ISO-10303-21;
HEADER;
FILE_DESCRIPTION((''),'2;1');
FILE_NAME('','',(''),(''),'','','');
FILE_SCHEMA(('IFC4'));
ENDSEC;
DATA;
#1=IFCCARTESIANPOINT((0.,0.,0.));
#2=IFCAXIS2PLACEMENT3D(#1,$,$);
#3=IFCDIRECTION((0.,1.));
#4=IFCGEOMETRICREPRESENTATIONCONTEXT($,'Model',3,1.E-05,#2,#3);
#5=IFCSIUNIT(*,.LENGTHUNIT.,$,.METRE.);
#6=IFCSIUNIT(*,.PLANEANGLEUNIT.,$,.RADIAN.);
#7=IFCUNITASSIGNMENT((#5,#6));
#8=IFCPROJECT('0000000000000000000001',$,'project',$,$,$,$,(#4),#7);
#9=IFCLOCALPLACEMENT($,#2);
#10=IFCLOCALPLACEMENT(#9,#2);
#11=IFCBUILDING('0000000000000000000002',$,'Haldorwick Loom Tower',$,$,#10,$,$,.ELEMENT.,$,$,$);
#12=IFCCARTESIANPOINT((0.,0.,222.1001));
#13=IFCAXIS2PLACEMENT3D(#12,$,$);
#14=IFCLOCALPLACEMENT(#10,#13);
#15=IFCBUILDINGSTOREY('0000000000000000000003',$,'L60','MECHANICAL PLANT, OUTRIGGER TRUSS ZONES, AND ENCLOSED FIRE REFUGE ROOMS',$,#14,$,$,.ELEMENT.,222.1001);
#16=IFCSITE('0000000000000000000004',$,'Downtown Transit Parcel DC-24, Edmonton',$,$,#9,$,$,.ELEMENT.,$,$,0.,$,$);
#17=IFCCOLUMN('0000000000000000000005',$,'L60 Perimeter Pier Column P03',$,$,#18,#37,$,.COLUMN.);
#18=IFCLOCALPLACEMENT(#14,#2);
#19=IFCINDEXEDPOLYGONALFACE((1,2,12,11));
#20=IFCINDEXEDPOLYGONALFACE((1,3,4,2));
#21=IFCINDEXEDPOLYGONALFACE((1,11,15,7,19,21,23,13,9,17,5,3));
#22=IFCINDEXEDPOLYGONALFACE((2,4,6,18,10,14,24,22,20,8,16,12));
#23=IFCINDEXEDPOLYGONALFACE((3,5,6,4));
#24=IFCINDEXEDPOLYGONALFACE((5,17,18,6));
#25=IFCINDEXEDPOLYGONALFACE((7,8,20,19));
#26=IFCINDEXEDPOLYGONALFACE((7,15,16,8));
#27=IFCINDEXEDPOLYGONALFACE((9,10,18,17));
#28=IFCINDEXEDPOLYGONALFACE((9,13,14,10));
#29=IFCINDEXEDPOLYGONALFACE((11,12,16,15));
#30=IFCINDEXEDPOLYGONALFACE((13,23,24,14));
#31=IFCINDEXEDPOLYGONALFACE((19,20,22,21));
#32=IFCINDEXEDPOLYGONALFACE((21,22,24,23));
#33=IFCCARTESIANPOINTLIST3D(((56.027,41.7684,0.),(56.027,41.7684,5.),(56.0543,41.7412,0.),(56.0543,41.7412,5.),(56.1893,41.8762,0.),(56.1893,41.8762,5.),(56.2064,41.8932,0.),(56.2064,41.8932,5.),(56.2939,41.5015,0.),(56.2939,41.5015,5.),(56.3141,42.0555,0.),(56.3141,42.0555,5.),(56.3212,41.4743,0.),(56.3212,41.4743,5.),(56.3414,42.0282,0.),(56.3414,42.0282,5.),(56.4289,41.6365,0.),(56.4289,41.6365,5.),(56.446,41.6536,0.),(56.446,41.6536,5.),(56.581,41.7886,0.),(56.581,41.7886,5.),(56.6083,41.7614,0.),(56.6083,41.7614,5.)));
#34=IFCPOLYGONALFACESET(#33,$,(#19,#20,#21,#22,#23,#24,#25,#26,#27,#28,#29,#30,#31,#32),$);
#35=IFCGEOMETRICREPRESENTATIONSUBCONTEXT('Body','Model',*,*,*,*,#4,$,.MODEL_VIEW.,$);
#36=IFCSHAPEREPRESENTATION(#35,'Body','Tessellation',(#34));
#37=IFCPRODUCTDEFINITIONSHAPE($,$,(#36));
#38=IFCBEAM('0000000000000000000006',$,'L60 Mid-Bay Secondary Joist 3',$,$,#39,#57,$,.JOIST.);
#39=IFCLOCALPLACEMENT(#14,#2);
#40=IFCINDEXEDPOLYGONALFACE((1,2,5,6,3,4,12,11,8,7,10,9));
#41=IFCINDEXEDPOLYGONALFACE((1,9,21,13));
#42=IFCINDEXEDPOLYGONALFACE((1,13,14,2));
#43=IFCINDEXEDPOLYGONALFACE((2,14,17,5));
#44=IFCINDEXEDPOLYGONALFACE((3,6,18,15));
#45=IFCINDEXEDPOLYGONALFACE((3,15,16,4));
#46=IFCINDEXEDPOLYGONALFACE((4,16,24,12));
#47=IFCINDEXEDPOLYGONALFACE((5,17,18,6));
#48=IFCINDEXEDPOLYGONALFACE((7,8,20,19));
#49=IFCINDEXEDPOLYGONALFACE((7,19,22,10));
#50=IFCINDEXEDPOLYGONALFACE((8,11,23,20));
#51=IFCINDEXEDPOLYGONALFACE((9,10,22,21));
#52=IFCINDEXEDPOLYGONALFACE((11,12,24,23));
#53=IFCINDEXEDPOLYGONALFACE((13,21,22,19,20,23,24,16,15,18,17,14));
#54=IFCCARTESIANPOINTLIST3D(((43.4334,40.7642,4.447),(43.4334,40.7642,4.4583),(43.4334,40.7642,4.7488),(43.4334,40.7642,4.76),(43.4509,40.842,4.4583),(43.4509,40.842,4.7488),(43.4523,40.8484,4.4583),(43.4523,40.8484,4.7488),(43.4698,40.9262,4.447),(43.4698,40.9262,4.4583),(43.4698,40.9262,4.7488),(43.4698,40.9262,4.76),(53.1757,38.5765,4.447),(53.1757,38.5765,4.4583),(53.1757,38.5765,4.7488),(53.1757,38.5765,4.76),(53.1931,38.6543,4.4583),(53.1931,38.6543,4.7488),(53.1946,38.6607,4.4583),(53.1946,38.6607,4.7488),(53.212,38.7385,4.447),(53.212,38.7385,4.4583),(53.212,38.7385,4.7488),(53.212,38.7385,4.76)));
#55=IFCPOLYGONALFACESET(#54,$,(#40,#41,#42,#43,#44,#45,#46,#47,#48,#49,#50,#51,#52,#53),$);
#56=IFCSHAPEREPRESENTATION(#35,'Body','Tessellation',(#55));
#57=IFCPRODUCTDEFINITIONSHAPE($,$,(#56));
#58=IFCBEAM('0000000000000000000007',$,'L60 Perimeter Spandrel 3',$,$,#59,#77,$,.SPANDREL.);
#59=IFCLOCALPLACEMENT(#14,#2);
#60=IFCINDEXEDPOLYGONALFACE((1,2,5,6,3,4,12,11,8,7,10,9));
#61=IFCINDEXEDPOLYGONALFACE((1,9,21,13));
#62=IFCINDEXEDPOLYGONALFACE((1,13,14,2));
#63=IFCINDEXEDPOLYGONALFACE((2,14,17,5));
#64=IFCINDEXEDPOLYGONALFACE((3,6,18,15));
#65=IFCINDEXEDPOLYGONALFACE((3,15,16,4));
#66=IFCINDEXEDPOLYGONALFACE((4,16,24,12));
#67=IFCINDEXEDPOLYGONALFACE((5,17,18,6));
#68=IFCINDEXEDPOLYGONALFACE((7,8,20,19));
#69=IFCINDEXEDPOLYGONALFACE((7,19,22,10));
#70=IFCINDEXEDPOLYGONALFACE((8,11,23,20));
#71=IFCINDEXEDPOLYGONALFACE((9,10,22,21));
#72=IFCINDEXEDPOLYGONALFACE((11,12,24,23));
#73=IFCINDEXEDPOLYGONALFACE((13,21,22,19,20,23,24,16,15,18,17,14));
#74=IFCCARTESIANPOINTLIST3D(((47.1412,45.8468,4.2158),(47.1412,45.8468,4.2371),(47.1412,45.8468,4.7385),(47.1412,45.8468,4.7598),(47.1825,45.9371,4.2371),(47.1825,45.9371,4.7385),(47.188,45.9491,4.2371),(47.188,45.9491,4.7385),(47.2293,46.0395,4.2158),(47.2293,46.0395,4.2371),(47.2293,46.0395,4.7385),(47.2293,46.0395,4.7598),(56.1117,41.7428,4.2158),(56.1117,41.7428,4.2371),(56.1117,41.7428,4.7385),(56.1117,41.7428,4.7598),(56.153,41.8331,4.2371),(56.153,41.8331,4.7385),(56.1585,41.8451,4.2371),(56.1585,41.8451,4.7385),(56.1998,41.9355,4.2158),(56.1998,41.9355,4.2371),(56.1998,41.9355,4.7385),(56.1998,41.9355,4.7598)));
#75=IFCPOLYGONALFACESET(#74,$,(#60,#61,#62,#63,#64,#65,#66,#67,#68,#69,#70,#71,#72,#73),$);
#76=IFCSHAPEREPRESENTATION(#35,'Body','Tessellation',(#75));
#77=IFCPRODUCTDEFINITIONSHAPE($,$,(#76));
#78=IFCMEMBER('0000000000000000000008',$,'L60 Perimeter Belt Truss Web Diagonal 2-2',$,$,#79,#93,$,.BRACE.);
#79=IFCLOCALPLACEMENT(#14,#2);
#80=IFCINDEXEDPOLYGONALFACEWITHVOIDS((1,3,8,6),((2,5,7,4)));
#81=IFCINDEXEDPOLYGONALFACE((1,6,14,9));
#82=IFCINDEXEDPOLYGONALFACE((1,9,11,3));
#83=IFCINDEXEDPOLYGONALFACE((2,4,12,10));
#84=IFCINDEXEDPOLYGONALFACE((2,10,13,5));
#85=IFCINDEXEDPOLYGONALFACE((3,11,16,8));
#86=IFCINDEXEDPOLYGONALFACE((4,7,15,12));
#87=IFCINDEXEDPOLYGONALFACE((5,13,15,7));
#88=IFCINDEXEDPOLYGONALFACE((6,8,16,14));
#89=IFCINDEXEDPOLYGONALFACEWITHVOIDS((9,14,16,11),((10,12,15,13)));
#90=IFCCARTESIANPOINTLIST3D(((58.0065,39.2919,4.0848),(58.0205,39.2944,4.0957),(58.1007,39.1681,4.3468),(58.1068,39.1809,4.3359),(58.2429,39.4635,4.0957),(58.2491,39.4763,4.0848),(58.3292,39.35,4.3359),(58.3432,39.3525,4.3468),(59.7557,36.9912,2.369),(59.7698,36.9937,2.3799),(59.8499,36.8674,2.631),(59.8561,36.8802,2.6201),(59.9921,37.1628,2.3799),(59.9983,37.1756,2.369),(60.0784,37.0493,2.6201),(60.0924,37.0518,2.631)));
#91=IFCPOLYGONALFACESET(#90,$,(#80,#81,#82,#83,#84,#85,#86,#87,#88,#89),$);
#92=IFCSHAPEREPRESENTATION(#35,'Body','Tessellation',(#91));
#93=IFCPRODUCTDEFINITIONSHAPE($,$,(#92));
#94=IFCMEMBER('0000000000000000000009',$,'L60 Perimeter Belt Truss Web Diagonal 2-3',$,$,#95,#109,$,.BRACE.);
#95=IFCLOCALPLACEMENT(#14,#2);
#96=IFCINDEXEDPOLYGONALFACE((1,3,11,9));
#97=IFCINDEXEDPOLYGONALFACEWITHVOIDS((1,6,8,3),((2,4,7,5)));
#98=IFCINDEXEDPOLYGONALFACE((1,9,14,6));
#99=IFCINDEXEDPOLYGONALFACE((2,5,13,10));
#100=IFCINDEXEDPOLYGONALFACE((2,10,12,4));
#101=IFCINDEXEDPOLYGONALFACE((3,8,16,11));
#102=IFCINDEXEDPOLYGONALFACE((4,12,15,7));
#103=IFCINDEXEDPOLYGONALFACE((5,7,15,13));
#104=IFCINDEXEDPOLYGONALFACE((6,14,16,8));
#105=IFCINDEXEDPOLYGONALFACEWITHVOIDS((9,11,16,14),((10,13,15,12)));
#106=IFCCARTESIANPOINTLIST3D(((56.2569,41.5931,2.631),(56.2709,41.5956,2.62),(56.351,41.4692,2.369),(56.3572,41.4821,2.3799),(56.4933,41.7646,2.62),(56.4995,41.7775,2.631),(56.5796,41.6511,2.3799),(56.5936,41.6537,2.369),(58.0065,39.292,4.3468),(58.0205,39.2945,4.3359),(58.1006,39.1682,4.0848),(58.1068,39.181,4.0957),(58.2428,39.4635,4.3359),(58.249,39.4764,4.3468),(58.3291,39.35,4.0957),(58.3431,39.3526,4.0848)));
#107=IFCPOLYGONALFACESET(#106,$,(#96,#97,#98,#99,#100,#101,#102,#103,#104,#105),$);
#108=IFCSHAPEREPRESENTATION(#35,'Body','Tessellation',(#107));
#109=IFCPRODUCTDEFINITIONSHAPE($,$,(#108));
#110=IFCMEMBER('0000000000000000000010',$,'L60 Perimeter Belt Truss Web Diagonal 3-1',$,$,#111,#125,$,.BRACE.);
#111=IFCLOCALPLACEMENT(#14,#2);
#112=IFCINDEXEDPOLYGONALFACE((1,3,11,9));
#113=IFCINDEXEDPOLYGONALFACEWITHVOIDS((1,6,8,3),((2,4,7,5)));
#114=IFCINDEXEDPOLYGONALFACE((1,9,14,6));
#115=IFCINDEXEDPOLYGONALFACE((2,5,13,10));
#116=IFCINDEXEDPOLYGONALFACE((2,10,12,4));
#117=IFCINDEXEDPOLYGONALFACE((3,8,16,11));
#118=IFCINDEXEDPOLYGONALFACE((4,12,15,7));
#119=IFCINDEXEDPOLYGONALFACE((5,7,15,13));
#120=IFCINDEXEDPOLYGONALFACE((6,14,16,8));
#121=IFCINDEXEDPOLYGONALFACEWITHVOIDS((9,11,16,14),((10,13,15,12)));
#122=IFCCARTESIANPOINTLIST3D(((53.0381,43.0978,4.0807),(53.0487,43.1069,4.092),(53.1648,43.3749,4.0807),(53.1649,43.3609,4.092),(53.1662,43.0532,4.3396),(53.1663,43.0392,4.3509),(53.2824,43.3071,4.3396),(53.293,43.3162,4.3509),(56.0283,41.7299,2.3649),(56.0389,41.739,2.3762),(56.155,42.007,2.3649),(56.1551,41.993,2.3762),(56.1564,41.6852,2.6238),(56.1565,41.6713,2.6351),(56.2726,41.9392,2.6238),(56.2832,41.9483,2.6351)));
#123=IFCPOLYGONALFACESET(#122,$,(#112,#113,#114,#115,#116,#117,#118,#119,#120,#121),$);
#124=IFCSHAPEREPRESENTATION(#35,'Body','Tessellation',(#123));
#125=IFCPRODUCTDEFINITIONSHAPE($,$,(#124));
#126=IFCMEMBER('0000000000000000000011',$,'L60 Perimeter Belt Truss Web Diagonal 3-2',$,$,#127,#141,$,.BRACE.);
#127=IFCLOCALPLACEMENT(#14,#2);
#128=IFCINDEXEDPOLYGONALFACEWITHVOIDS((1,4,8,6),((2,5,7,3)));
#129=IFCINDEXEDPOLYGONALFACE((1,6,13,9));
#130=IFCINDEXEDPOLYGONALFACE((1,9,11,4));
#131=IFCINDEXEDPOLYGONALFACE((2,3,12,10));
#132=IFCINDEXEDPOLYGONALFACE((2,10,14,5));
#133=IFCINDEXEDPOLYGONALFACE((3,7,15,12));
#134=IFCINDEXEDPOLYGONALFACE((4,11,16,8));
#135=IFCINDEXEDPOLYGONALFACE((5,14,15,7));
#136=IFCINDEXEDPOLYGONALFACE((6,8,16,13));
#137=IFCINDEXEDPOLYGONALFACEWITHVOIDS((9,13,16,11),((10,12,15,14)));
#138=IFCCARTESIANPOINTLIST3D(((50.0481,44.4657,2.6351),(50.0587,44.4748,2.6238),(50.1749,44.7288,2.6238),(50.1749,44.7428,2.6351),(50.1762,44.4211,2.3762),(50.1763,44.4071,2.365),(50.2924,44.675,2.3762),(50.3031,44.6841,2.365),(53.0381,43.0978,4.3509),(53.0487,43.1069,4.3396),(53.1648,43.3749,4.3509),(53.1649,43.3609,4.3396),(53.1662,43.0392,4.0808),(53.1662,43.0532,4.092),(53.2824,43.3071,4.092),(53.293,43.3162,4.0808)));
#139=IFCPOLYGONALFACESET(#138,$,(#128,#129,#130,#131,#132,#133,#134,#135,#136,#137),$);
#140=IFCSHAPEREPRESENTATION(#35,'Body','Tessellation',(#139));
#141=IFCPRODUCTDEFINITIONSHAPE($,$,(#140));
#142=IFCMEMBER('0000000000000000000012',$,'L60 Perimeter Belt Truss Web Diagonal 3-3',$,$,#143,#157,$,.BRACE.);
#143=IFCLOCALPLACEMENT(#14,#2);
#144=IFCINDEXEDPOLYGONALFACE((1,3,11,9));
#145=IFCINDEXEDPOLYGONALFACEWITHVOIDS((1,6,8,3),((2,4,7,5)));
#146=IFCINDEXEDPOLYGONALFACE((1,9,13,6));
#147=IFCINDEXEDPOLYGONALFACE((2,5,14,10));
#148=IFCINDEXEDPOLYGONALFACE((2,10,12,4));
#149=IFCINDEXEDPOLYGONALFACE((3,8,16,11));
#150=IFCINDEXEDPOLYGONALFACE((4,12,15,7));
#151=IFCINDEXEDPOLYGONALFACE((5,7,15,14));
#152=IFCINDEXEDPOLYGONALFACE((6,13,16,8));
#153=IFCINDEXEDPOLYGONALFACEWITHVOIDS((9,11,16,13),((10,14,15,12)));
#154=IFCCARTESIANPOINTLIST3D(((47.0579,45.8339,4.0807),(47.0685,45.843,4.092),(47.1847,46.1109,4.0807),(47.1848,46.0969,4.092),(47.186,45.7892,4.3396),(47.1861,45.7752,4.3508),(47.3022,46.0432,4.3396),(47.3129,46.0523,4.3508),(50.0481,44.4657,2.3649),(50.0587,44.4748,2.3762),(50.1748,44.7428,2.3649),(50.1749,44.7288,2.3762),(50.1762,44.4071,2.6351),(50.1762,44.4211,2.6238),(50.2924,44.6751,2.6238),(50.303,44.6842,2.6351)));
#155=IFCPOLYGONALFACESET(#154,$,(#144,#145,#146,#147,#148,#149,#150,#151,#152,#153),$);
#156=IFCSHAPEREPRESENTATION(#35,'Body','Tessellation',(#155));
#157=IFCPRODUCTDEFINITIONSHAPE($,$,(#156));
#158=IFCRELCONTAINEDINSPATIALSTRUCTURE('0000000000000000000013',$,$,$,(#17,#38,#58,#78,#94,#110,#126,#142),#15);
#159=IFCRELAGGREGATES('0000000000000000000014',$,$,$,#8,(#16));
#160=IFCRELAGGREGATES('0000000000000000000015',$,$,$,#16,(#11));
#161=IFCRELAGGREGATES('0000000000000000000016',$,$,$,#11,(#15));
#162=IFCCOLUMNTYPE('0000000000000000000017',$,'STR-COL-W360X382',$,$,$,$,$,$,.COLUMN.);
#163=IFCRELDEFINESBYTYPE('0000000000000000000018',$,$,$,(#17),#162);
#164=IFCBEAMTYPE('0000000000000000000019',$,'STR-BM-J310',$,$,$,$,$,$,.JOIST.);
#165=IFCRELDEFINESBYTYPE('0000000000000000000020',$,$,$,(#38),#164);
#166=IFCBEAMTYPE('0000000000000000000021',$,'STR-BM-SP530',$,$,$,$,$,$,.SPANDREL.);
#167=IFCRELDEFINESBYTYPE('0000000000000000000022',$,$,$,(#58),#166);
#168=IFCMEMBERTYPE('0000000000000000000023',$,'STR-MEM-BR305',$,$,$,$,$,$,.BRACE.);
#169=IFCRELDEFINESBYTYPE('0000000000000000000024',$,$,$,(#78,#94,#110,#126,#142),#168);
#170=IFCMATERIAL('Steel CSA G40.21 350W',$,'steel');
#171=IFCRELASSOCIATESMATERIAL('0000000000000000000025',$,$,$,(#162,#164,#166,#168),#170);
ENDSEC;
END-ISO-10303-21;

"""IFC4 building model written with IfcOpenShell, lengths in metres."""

from ifc_helpers import new_model, si_unit, direction, frame, origin, origin_2d, place, context, subcontext, project, spatial, hollow_rectangle, i_section, extrude, material, material_profile, profile_set, type_object, element, save


model = new_model("IFC4")

# Units and contexts
model_context = context("Model", 3, precision=1e-05, world=origin(), true_north=direction((0.0, 1.0)))
body_context = subcontext(model_context, "Body", "Model", "MODEL_VIEW")
ifc_project = project(units=[si_unit("LENGTHUNIT", "METRE"), si_unit("PLANEANGLEUNIT", "RADIAN")], contexts=[model_context])

# Site, building, storey
site_placement = place(None, origin())
site = spatial("IfcSite", under=ifc_project, at=site_placement, Name="Downtown Transit Parcel DC-24, Edmonton", CompositionType="ELEMENT", RefElevation=0.0)
building_placement = place(site_placement, origin())
building = spatial("IfcBuilding", under=site, at=building_placement, Name="Haldorwick Loom Tower", CompositionType="ELEMENT")
storey_placement = place(building_placement, frame((0.0, 0.0, 222.1001)))
storey = spatial("IfcBuildingStorey", under=building, at=storey_placement, Name="L60", Description="MECHANICAL PLANT, OUTRIGGER TRUSS ZONES, AND ENCLOSED FIRE REFUGE ROOMS", CompositionType="ELEMENT", Elevation=222.1001)

# Column
ifc_material_1 = material(Name="Steel CSA G40.21 350W", Category="steel")
ifc_material_profile_1 = material_profile(ifc_material_1, i_section(OverallWidth=0.406, OverallDepth=0.416, WebThickness=0.0242, FlangeThickness=0.0386, at=origin_2d()), Name="W360X382", Category="steel")
ifc_profile_set_1 = profile_set([ifc_material_profile_1], Name="Steel CSA G40.21 350W")
column_type = type_object("IfcColumnType", Name="STR-COL-W360X382", PredefinedType="COLUMN", material=ifc_profile_set_1)
column_placement = place(storey_placement, frame((56.3176, 41.7649, 0.0), z_axis=(0.0, 0.0, 1.0), x_axis=(0.707107, 0.707107, 0.0)))
element("IfcColumn", 1, at=column_placement, inside=storey, type_object=column_type, Name="L60 Perimeter Pier Column P03", PredefinedType="COLUMN", context=body_context, shape_type="SweptSolid", body=[
    extrude(i_section(OverallWidth=0.406, OverallDepth=0.416, WebThickness=0.0242, FlangeThickness=0.0386, at=origin_2d()), origin(), (0.0, 0.0, 1.0), 5.0),
])

# Beams
ifc_material_profile_2 = material_profile(ifc_material_1, i_section(OverallWidth=0.166, OverallDepth=0.313, WebThickness=0.0066, FlangeThickness=0.0112, at=origin_2d()), Name="W310X45", Category="steel")
ifc_profile_set_2 = profile_set([ifc_material_profile_2], Name="Steel CSA G40.21 350W")
beam_type_1 = type_object("IfcBeamType", Name="STR-BM-J310", PredefinedType="JOIST", material=ifc_profile_set_2)
beam_1_placement = place(storey_placement, frame((53.1938, 38.6575, 4.6035), z_axis=(-0.975701, 0.219107, 0.0), x_axis=(-0.219107, -0.975701, 0.0)))
element("IfcBeam", 2, at=beam_1_placement, inside=storey, type_object=beam_type_1, Name="L60 Mid-Bay Secondary Joist 3", PredefinedType="JOIST", context=body_context, shape_type="SweptSolid", body=[
    extrude(i_section(OverallWidth=0.166, OverallDepth=0.313, WebThickness=0.0066, FlangeThickness=0.0112, at=origin_2d()), origin(), (0.0, 0.0, 1.0), 9.9849),
])
ifc_material_profile_3 = material_profile(ifc_material_1, i_section(OverallWidth=0.2119, OverallDepth=0.5439, WebThickness=0.0132, FlangeThickness=0.0212, at=origin_2d()), Name="W530X123", Category="steel")
ifc_profile_set_3 = profile_set([ifc_material_profile_3], Name="Steel CSA G40.21 350W")
beam_type_2 = type_object("IfcBeamType", Name="STR-BM-SP530", PredefinedType="SPANDREL", material=ifc_profile_set_3)
beam_2_placement = place(storey_placement, frame((56.1558, 41.8391, 4.4878), z_axis=(-0.909351, 0.41603, 0.0), x_axis=(-0.41603, -0.909351, 0.0)))
element("IfcBeam", 3, at=beam_2_placement, inside=storey, type_object=beam_type_2, Name="L60 Perimeter Spandrel 3", PredefinedType="SPANDREL", context=body_context, shape_type="SweptSolid", body=[
    extrude(i_section(OverallWidth=0.2119, OverallDepth=0.5439, WebThickness=0.0132, FlangeThickness=0.0212, at=origin_2d()), origin(), (0.0, 0.0, 1.0), 9.8647),
])

# Members
ifc_material_profile_4 = material_profile(ifc_material_1, hollow_rectangle(XDim=0.3047, YDim=0.3047, WallThickness=0.0127, at=origin_2d()), Name="HSS305X305X13", Category="steel")
ifc_profile_set_4 = profile_set([ifc_material_profile_4], Name="Steel CSA G40.21 350W")
member_type_1 = type_object("IfcMemberType", Name="STR-MEM-BR305", PredefinedType="BRACE", material=ifc_profile_set_4)
member_1_placement = place(storey_placement, frame((59.9241, 37.0215, 2.5), z_axis=(-0.520432, 0.684515, 0.510481), x_axis=(-0.79605, -0.605231, 0.0)))
element("IfcMember", 4, at=member_1_placement, inside=storey, type_object=member_type_1, Name="L60 Perimeter Belt Truss Web Diagonal 2-2", PredefinedType="BRACE", context=body_context, shape_type="SweptSolid", body=[
    extrude(hollow_rectangle(XDim=0.3047, YDim=0.3047, WallThickness=0.0127, at=origin_2d()), origin(), (0.0, 0.0, 1.0), 3.3611),
])
member_2_placement = place(storey_placement, frame((58.1748, 39.3223, 4.2158), z_axis=(-0.520459, 0.684527, -0.510436), x_axis=(-0.79604, -0.605244, 0.0)))
element("IfcMember", 5, at=member_2_placement, inside=storey, type_object=member_type_1, Name="L60 Perimeter Belt Truss Web Diagonal 2-3", PredefinedType="BRACE", context=body_context, shape_type="SweptSolid", body=[
    extrude(hollow_rectangle(XDim=0.3047, YDim=0.3047, WallThickness=0.0127, at=origin_2d()), origin(), (0.0, 0.0, 1.0), 3.3616),
])
member_3_placement = place(storey_placement, frame((56.1558, 41.8391, 2.5), z_axis=(-0.806208, 0.36881, 0.462609), x_axis=(-0.416, -0.909365, 0.0)))
element("IfcMember", 6, at=member_3_placement, inside=storey, type_object=member_type_1, Name="L60 Perimeter Belt Truss Web Diagonal 3-1", PredefinedType="BRACE", context=body_context, shape_type="SweptSolid", body=[
    extrude(hollow_rectangle(XDim=0.3047, YDim=0.3047, WallThickness=0.0127, at=origin_2d()), origin(), (0.0, 0.0, 1.0), 3.709),
])
member_4_placement = place(storey_placement, frame((53.1655, 43.207, 4.2158), z_axis=(-0.806185, 0.36883, -0.462633), x_axis=(-0.416028, -0.909352, 0.0)))
element("IfcMember", 7, at=member_4_placement, inside=storey, type_object=member_type_1, Name="L60 Perimeter Belt Truss Web Diagonal 3-2", PredefinedType="BRACE", context=body_context, shape_type="SweptSolid", body=[
    extrude(hollow_rectangle(XDim=0.3047, YDim=0.3047, WallThickness=0.0127, at=origin_2d()), origin(), (0.0, 0.0, 1.0), 3.7087),
])
member_5_placement = place(storey_placement, frame((50.1755, 44.575, 2.5), z_axis=(-0.806189, 0.368867, 0.462598), x_axis=(-0.416062, -0.909336, 0.0)))
element("IfcMember", 8, at=member_5_placement, inside=storey, type_object=member_type_1, Name="L60 Perimeter Belt Truss Web Diagonal 3-3", PredefinedType="BRACE", context=body_context, shape_type="SweptSolid", body=[
    extrude(hollow_rectangle(XDim=0.3047, YDim=0.3047, WallThickness=0.0127, at=origin_2d()), origin(), (0.0, 0.0, 1.0), 3.709),
])

save(model, "model.ifc")
